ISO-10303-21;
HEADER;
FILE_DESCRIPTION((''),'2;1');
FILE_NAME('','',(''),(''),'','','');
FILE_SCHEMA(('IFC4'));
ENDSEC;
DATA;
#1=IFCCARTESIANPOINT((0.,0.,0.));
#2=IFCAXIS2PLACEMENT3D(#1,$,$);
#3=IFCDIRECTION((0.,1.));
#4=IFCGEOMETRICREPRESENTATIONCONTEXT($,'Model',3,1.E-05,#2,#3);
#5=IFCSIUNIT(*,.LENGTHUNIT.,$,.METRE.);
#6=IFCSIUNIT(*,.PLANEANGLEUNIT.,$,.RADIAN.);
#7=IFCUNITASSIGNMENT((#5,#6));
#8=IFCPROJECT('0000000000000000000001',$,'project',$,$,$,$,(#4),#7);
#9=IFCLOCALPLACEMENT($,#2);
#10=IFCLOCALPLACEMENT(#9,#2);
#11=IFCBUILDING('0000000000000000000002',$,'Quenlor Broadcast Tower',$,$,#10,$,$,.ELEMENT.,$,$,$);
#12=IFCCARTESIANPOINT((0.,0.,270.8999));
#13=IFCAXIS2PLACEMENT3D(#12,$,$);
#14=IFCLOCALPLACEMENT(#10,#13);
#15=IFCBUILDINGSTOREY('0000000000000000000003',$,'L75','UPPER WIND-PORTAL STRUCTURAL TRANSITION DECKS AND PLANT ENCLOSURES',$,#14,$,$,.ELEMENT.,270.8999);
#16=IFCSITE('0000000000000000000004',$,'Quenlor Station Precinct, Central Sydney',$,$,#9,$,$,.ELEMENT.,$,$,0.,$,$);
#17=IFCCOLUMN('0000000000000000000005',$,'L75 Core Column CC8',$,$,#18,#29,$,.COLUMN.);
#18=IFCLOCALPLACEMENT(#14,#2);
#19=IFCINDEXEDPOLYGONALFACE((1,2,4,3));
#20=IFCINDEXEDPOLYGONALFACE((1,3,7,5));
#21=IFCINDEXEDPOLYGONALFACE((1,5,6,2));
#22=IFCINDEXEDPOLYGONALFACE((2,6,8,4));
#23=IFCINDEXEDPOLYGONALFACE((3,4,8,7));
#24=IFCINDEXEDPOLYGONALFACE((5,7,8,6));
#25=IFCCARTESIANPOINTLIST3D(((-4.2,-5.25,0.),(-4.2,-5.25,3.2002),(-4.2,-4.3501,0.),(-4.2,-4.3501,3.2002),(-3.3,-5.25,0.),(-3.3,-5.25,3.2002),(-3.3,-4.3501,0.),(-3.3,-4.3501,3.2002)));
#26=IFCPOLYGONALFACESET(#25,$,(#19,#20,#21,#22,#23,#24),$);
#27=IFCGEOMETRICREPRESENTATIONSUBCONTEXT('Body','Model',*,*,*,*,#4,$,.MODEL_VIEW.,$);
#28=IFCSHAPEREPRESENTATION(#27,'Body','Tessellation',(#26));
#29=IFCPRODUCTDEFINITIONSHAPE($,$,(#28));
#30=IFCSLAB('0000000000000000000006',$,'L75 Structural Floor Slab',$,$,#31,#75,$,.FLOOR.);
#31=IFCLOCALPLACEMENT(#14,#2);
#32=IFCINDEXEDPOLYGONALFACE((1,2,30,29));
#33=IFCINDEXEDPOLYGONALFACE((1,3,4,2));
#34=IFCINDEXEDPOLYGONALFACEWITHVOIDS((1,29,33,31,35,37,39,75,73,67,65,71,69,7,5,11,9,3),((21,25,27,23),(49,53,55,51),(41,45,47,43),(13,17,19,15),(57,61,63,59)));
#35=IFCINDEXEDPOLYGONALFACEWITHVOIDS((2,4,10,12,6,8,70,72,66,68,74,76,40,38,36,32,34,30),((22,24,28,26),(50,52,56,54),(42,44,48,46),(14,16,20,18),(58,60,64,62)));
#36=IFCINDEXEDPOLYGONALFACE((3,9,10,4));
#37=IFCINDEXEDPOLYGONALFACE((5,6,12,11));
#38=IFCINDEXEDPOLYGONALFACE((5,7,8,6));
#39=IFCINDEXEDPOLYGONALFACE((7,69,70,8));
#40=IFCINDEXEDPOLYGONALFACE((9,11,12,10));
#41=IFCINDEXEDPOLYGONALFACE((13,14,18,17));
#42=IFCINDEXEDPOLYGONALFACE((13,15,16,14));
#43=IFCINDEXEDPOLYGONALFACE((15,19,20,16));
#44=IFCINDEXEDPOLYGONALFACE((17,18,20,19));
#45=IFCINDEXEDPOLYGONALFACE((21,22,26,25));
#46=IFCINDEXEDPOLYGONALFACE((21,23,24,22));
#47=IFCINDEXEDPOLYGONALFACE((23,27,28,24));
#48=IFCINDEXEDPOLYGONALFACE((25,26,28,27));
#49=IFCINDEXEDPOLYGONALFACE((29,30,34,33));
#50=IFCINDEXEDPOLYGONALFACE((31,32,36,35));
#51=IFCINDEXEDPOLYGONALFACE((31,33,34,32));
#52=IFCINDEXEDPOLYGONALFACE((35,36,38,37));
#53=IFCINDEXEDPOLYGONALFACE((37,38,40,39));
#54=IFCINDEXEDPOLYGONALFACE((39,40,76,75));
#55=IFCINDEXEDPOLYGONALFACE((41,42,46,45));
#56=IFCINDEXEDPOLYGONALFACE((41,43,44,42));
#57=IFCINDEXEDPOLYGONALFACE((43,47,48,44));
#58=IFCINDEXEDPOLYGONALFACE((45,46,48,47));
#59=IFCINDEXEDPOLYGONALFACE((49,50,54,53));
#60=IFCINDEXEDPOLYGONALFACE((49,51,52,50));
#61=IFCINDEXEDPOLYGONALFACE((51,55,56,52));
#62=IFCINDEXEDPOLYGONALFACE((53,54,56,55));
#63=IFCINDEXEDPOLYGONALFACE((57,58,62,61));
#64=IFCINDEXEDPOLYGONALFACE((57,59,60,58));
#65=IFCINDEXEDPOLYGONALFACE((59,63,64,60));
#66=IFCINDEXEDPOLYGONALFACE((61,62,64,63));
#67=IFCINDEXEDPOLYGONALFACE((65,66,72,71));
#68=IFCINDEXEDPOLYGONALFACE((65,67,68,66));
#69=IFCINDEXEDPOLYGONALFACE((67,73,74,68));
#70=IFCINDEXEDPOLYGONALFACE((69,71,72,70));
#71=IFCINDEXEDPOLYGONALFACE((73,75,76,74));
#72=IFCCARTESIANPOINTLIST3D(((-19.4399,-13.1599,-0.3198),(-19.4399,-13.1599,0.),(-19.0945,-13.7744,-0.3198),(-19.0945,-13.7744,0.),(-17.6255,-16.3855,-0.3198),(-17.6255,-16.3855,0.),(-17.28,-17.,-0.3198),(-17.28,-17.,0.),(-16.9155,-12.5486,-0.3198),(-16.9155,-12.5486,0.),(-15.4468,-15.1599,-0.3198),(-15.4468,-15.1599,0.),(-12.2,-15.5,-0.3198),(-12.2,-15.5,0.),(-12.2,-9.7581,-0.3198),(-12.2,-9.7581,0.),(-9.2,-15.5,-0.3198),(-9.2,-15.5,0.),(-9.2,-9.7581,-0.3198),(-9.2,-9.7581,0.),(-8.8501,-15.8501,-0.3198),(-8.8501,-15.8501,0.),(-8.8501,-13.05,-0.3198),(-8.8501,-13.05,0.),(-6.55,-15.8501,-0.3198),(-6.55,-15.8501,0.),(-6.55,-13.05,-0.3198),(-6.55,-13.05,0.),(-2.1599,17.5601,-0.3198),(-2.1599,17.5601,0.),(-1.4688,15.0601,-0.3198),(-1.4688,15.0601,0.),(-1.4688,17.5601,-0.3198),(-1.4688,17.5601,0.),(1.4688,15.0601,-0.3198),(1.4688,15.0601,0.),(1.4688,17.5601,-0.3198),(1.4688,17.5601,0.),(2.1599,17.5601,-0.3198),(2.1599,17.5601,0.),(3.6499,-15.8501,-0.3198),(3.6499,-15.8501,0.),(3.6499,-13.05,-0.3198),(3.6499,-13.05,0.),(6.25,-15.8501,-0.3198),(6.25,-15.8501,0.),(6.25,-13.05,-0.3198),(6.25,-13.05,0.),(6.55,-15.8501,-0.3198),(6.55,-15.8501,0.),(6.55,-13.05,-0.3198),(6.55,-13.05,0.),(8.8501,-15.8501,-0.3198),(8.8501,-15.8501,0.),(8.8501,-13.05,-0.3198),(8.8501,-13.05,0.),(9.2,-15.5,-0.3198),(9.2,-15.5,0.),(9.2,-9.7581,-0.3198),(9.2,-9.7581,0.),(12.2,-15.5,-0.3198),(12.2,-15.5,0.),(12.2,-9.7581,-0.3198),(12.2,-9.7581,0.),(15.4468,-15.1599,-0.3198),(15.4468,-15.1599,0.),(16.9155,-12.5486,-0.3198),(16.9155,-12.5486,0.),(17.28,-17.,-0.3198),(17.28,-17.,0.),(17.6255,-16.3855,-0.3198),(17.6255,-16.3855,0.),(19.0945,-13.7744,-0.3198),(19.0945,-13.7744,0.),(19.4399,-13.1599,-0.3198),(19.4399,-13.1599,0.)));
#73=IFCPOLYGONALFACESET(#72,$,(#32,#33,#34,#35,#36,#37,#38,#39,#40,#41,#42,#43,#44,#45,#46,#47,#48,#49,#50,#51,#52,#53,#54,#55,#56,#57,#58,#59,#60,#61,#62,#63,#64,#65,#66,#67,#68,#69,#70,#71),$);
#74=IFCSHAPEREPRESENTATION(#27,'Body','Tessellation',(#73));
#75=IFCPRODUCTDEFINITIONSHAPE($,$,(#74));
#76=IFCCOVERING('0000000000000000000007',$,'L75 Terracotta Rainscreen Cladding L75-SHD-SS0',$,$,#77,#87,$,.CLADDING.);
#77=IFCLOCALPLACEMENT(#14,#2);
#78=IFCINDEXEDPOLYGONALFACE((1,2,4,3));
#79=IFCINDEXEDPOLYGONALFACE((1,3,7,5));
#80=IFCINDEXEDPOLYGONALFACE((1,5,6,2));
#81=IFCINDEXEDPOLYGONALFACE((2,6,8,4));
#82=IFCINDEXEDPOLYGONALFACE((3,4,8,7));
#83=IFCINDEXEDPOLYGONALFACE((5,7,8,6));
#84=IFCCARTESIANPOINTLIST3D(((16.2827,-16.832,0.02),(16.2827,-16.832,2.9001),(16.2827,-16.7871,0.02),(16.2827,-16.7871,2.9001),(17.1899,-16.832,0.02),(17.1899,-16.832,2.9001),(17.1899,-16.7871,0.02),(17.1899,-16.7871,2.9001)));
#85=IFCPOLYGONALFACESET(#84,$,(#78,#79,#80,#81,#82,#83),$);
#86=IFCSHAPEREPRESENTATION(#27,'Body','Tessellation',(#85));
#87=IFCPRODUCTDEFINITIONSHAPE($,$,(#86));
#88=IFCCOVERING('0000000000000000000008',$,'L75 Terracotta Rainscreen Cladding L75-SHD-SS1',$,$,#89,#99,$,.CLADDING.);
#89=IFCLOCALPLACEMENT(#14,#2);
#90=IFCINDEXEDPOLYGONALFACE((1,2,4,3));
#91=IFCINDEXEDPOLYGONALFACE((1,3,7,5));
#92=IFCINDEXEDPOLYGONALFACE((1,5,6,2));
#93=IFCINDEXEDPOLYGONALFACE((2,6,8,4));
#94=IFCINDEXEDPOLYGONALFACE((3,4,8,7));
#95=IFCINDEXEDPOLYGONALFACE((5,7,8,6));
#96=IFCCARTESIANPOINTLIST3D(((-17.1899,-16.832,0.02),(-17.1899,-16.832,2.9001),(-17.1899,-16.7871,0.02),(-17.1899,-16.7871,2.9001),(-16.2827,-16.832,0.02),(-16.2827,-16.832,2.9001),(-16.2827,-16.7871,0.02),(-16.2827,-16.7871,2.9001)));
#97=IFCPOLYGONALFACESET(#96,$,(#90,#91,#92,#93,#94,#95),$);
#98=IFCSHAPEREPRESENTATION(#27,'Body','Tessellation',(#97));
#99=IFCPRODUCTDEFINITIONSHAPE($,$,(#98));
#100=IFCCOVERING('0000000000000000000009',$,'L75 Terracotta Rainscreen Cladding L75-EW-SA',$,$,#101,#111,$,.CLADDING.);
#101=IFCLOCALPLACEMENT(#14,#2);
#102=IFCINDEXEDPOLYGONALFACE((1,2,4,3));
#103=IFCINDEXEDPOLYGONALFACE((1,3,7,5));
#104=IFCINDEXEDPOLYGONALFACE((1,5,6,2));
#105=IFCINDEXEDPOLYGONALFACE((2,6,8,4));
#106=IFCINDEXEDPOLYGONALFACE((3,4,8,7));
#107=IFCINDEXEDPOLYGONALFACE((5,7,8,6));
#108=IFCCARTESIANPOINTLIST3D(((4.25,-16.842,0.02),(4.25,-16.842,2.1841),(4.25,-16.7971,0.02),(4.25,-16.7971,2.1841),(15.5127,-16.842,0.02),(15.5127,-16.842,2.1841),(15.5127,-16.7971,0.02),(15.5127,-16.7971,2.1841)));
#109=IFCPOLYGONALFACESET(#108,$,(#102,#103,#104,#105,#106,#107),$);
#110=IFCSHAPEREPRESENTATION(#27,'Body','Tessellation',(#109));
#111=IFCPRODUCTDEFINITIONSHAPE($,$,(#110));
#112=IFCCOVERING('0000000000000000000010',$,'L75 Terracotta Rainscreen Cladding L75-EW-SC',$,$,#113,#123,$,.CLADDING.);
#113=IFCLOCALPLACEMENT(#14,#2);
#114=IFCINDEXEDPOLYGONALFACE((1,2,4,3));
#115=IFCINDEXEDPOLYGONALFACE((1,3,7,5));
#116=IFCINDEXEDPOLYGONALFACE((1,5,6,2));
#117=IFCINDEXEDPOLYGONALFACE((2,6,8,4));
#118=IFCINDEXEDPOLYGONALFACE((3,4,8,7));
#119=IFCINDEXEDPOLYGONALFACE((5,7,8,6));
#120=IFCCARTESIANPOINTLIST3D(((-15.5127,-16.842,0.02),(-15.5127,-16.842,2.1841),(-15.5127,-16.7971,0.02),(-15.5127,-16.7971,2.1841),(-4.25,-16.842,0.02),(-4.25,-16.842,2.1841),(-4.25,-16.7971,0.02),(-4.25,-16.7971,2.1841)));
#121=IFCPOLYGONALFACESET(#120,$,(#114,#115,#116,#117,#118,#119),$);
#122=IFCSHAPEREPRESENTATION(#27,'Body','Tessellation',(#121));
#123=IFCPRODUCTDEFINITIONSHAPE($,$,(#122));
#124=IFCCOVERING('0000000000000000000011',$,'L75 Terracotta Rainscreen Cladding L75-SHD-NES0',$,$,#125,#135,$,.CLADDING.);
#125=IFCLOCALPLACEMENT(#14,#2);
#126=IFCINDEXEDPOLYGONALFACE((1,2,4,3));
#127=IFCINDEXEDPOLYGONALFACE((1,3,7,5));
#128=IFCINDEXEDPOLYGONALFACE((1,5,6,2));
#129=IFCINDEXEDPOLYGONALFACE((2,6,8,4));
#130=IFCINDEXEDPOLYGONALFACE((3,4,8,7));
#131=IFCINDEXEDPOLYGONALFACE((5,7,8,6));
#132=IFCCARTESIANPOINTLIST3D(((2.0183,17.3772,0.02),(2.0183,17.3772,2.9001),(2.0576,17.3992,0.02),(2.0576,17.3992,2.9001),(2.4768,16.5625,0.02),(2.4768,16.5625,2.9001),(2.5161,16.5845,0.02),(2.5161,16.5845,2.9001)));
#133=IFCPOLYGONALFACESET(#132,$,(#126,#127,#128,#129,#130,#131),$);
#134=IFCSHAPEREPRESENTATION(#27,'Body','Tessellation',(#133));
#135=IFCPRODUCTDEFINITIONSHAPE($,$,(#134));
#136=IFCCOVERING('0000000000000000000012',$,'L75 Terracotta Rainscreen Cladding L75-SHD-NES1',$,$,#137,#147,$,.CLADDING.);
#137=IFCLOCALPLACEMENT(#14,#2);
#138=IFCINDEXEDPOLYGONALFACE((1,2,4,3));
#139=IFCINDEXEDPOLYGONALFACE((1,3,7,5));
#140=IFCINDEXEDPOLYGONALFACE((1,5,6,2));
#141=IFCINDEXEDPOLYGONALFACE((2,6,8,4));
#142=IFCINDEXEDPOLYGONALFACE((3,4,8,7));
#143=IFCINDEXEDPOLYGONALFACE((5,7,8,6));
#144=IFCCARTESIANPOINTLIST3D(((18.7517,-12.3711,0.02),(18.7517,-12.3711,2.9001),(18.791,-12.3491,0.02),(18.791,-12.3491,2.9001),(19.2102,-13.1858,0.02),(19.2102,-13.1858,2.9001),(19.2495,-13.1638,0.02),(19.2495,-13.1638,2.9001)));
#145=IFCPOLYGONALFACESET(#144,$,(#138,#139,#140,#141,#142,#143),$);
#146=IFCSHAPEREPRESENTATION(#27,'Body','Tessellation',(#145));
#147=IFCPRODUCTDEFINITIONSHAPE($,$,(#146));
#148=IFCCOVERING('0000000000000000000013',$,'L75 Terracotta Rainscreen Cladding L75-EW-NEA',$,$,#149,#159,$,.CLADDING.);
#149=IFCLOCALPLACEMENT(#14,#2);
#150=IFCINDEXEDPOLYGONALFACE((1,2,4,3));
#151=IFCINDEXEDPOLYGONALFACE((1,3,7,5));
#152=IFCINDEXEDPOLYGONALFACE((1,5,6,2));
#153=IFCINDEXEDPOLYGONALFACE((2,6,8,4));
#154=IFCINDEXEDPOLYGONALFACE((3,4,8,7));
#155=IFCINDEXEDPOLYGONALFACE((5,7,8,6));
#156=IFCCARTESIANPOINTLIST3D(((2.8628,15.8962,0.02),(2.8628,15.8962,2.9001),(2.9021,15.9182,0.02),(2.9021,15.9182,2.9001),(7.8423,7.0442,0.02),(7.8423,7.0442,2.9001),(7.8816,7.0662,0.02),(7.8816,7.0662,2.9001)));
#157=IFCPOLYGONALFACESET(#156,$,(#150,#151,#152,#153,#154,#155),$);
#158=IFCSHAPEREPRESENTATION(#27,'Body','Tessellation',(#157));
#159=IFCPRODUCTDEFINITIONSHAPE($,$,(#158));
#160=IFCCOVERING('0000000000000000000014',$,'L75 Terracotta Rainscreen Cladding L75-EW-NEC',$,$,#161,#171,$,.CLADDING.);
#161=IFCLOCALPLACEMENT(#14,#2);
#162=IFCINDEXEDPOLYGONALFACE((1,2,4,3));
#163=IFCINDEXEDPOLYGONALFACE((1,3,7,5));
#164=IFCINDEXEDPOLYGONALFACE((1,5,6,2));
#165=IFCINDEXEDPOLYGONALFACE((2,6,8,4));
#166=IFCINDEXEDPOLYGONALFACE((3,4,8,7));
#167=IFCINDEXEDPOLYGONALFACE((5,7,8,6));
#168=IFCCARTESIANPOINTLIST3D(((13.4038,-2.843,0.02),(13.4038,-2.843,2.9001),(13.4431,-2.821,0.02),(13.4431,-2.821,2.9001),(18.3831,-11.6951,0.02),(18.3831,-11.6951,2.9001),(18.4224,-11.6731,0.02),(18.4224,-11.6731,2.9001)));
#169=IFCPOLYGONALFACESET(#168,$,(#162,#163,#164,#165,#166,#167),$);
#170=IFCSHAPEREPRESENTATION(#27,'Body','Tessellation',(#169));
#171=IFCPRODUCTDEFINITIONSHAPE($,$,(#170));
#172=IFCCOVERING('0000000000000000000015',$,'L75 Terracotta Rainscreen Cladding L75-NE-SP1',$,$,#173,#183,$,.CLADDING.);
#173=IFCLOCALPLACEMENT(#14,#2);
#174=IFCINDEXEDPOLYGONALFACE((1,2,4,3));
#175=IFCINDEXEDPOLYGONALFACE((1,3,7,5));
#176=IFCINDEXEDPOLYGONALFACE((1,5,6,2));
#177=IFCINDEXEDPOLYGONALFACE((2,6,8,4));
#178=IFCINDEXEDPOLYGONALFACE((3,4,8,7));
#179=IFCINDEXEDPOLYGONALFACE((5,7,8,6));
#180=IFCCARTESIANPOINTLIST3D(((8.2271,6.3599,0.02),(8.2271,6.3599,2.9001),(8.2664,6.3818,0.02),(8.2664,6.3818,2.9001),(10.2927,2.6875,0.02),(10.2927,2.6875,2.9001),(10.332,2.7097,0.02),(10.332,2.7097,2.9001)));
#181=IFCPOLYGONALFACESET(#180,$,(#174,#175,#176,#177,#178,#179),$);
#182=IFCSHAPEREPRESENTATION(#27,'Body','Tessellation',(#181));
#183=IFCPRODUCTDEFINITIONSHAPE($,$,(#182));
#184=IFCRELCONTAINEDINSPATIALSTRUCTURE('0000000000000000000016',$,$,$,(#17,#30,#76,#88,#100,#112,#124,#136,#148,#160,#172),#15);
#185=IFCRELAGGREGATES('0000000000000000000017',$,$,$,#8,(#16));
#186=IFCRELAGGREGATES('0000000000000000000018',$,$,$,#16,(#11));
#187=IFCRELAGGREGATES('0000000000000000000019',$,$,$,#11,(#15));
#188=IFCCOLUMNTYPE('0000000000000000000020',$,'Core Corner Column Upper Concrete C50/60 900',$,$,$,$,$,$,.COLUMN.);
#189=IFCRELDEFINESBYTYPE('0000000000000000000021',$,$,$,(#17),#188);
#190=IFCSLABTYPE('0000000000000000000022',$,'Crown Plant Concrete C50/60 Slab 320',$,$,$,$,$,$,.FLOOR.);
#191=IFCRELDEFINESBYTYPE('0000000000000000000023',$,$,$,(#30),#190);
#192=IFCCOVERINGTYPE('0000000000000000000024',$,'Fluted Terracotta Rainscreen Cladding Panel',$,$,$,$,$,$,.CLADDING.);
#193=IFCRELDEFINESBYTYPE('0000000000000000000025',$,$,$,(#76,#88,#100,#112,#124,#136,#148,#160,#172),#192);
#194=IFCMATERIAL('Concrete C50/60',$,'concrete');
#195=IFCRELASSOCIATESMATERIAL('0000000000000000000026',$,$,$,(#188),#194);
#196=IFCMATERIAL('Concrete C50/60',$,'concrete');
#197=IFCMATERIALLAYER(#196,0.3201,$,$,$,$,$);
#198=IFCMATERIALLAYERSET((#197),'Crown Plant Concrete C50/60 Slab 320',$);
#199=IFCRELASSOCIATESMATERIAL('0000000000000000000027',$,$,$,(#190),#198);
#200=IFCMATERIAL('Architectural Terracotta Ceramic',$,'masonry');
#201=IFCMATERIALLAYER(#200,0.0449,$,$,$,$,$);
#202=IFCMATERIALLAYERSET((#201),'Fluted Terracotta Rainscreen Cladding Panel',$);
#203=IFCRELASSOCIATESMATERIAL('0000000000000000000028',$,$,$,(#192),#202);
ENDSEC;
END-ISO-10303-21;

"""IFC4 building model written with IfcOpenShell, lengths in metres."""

from ifc_helpers import new_model, si_unit, direction, frame, origin, origin_2d, place, context, subcontext, project, spatial, polyline, rectangle, outline, extrude, material, layer, layer_set, material_profile, profile_set, type_object, element, save


model = new_model("IFC4")

# Units and contexts
model_context = context("Model", 3, precision=1e-05, world=origin(), true_north=direction((0.0, 1.0)))
body_context = subcontext(model_context, "Body", "Model", "MODEL_VIEW")
ifc_project = project(units=[si_unit("LENGTHUNIT", "METRE"), si_unit("PLANEANGLEUNIT", "RADIAN")], contexts=[model_context])

# Site, building, storey
site_placement = place(None, origin())
site = spatial("IfcSite", under=ifc_project, at=site_placement, Name="Quenlor Station Precinct, Central Sydney", CompositionType="ELEMENT", RefElevation=0.0)
building_placement = place(site_placement, origin())
building = spatial("IfcBuilding", under=site, at=building_placement, Name="Quenlor Broadcast Tower", CompositionType="ELEMENT")
storey_placement = place(building_placement, frame((0.0, 0.0, 270.8999)))
storey = spatial("IfcBuildingStorey", under=building, at=storey_placement, Name="L75", Description="UPPER WIND-PORTAL STRUCTURAL TRANSITION DECKS AND PLANT ENCLOSURES", CompositionType="ELEMENT", Elevation=270.8999)

# Column
ifc_material_1 = material(Name="Concrete C50/60", Category="concrete")
ifc_material_profile = material_profile(ifc_material_1, rectangle(XDim=0.8999, YDim=0.8999, at=origin_2d()))
ifc_profile_set = profile_set([ifc_material_profile], Name="Concrete C50/60 RC900x900")
column_type = type_object("IfcColumnType", Name="Core Corner Column Upper Concrete C50/60 900", PredefinedType="COLUMN", material=ifc_profile_set)
column_placement = place(storey_placement, frame((-3.75, -4.8, 0.0), z_axis=(0.0, 0.0, 1.0), x_axis=(1.0, 0.0, 0.0)))
element("IfcColumn", 1, at=column_placement, inside=storey, type_object=column_type, Name="L75 Core Column CC8", PredefinedType="COLUMN", context=body_context, shape_type="SweptSolid", body=[
    extrude(rectangle(XDim=0.8999, YDim=0.8999, at=origin_2d()), origin(), (0.0, 0.0, 1.0), 3.2002),
])

# Slab
ifc_material_2 = material(Name="Concrete C50/60", Category="concrete")
ifc_layer_1 = layer(ifc_material_2, 0.3201)
ifc_layer_set_1 = layer_set([ifc_layer_1], Name="Crown Plant Concrete C50/60 Slab 320")
slab_type = type_object("IfcSlabType", Name="Crown Plant Concrete C50/60 Slab 320", PredefinedType="FLOOR", material=ifc_layer_set_1)
slab_placement = place(storey_placement, frame((0.0, 0.0, -0.3198)))
element("IfcSlab", 2, at=slab_placement, inside=storey, type_object=slab_type, Name="L75 Structural Floor Slab", PredefinedType="FLOOR", context=body_context, shape_type="SweptSolid", body=[
    extrude(outline(polyline([(17.28, -17.0), (17.6255, -16.3855), (15.4468, -15.1599), (16.9155, -12.5486), (19.0945, -13.7744), (19.4399, -13.1599), (2.1599, 17.5601), (1.4688, 17.5601), (1.4688, 15.0601), (-1.4688, 15.0601), (-1.4688, 17.5601), (-2.1599, 17.5601), (-19.4399, -13.1599), (-19.0945, -13.7744), (-16.9155, -12.5486), (-15.4468, -15.1599), (-17.6255, -16.3855), (-17.28, -17.0), (17.28, -17.0)]), holes=[polyline([(-12.2, -9.7581), (-12.2, -15.5), (-9.2, -15.5), (-9.2, -9.7581), (-12.2, -9.7581)]), polyline([(9.2, -9.7581), (9.2, -15.5), (12.2, -15.5), (12.2, -9.7581), (9.2, -9.7581)]), polyline([(-8.8501, -15.8501), (-6.55, -15.8501), (-6.55, -13.05), (-8.8501, -13.05), (-8.8501, -15.8501)]), polyline([(6.55, -15.8501), (8.8501, -15.8501), (8.8501, -13.05), (6.55, -13.05), (6.55, -15.8501)]), polyline([(3.6499, -15.8501), (6.25, -15.8501), (6.25, -13.05), (3.6499, -13.05), (3.6499, -15.8501)])]), origin(), (0.0, 0.0, 1.0), 0.3198),
])

# Coverings
ifc_material_3 = material(Name="Architectural Terracotta Ceramic", Category="masonry")
ifc_layer_2 = layer(ifc_material_3, 0.0449)
ifc_layer_set_2 = layer_set([ifc_layer_2], Name="Fluted Terracotta Rainscreen Cladding Panel")
covering_type = type_object("IfcCoveringType", Name="Fluted Terracotta Rainscreen Cladding Panel", PredefinedType="CLADDING", material=ifc_layer_set_2)
covering_1_placement = place(storey_placement, frame((0.0, 0.0, 0.02)))
element("IfcCovering", 3, at=covering_1_placement, inside=storey, type_object=covering_type, Name="L75 Terracotta Rainscreen Cladding L75-SHD-SS0", PredefinedType="CLADDING", context=body_context, shape_type="SweptSolid", body=[
    extrude(outline(polyline([(17.1899, -16.7871), (16.2827, -16.7871), (16.2827, -16.832), (17.1899, -16.832), (17.1899, -16.7871)])), origin(), (0.0, 0.0, 1.0), 2.8801),
])
covering_2_placement = place(storey_placement, frame((0.0, 0.0, 0.02)))
element("IfcCovering", 4, at=covering_2_placement, inside=storey, type_object=covering_type, Name="L75 Terracotta Rainscreen Cladding L75-SHD-SS1", PredefinedType="CLADDING", context=body_context, shape_type="SweptSolid", body=[
    extrude(outline(polyline([(-16.2827, -16.7871), (-17.1899, -16.7871), (-17.1899, -16.832), (-16.2827, -16.832), (-16.2827, -16.7871)])), origin(), (0.0, 0.0, 1.0), 2.8801),
])
covering_3_placement = place(storey_placement, frame((0.0, 0.0, 0.02)))
element("IfcCovering", 5, at=covering_3_placement, inside=storey, type_object=covering_type, Name="L75 Terracotta Rainscreen Cladding L75-EW-SA", PredefinedType="CLADDING", context=body_context, shape_type="SweptSolid", body=[
    extrude(outline(polyline([(15.5127, -16.7971), (4.25, -16.7971), (4.25, -16.842), (15.5127, -16.842), (15.5127, -16.7971)])), origin(), (0.0, 0.0, 1.0), 2.1641),
])
covering_4_placement = place(storey_placement, frame((0.0, 0.0, 0.02)))
element("IfcCovering", 6, at=covering_4_placement, inside=storey, type_object=covering_type, Name="L75 Terracotta Rainscreen Cladding L75-EW-SC", PredefinedType="CLADDING", context=body_context, shape_type="SweptSolid", body=[
    extrude(outline(polyline([(-4.25, -16.7971), (-15.5127, -16.7971), (-15.5127, -16.842), (-4.25, -16.842), (-4.25, -16.7971)])), origin(), (0.0, 0.0, 1.0), 2.1641),
])
covering_5_placement = place(storey_placement, frame((0.0, 0.0, 0.02)))
element("IfcCovering", 7, at=covering_5_placement, inside=storey, type_object=covering_type, Name="L75 Terracotta Rainscreen Cladding L75-SHD-NES0", PredefinedType="CLADDING", context=body_context, shape_type="SweptSolid", body=[
    extrude(outline(polyline([(2.0183, 17.3772), (2.4768, 16.5625), (2.5161, 16.5845), (2.0576, 17.3992), (2.0183, 17.3772)])), origin(), (0.0, 0.0, 1.0), 2.8801),
])
covering_6_placement = place(storey_placement, frame((0.0, 0.0, 0.02)))
element("IfcCovering", 8, at=covering_6_placement, inside=storey, type_object=covering_type, Name="L75 Terracotta Rainscreen Cladding L75-SHD-NES1", PredefinedType="CLADDING", context=body_context, shape_type="SweptSolid", body=[
    extrude(outline(polyline([(18.7517, -12.3711), (19.2102, -13.1858), (19.2495, -13.1638), (18.791, -12.3491), (18.7517, -12.3711)])), origin(), (0.0, 0.0, 1.0), 2.8801),
])
covering_7_placement = place(storey_placement, frame((0.0, 0.0, 0.02)))
element("IfcCovering", 9, at=covering_7_placement, inside=storey, type_object=covering_type, Name="L75 Terracotta Rainscreen Cladding L75-EW-NEA", PredefinedType="CLADDING", context=body_context, shape_type="SweptSolid", body=[
    extrude(outline(polyline([(2.8628, 15.8962), (7.8423, 7.0442), (7.8816, 7.0662), (2.9021, 15.9182), (2.8628, 15.8962)])), origin(), (0.0, 0.0, 1.0), 2.8801),
])
covering_8_placement = place(storey_placement, frame((0.0, 0.0, 0.02)))
element("IfcCovering", 10, at=covering_8_placement, inside=storey, type_object=covering_type, Name="L75 Terracotta Rainscreen Cladding L75-EW-NEC", PredefinedType="CLADDING", context=body_context, shape_type="SweptSolid", body=[
    extrude(outline(polyline([(13.4038, -2.843), (18.3831, -11.6951), (18.4224, -11.6731), (13.4431, -2.821), (13.4038, -2.843)])), origin(), (0.0, 0.0, 1.0), 2.8801),
])
covering_9_placement = place(storey_placement, frame((0.0, 0.0, 0.02)))
element("IfcCovering", 11, at=covering_9_placement, inside=storey, type_object=covering_type, Name="L75 Terracotta Rainscreen Cladding L75-NE-SP1", PredefinedType="CLADDING", context=body_context, shape_type="SweptSolid", body=[
    extrude(outline(polyline([(8.2271, 6.3599), (10.2927, 2.6875), (10.332, 2.7097), (8.2664, 6.3818), (8.2271, 6.3599)])), origin(), (0.0, 0.0, 1.0), 2.8801),
])

save(model, "model.ifc")
